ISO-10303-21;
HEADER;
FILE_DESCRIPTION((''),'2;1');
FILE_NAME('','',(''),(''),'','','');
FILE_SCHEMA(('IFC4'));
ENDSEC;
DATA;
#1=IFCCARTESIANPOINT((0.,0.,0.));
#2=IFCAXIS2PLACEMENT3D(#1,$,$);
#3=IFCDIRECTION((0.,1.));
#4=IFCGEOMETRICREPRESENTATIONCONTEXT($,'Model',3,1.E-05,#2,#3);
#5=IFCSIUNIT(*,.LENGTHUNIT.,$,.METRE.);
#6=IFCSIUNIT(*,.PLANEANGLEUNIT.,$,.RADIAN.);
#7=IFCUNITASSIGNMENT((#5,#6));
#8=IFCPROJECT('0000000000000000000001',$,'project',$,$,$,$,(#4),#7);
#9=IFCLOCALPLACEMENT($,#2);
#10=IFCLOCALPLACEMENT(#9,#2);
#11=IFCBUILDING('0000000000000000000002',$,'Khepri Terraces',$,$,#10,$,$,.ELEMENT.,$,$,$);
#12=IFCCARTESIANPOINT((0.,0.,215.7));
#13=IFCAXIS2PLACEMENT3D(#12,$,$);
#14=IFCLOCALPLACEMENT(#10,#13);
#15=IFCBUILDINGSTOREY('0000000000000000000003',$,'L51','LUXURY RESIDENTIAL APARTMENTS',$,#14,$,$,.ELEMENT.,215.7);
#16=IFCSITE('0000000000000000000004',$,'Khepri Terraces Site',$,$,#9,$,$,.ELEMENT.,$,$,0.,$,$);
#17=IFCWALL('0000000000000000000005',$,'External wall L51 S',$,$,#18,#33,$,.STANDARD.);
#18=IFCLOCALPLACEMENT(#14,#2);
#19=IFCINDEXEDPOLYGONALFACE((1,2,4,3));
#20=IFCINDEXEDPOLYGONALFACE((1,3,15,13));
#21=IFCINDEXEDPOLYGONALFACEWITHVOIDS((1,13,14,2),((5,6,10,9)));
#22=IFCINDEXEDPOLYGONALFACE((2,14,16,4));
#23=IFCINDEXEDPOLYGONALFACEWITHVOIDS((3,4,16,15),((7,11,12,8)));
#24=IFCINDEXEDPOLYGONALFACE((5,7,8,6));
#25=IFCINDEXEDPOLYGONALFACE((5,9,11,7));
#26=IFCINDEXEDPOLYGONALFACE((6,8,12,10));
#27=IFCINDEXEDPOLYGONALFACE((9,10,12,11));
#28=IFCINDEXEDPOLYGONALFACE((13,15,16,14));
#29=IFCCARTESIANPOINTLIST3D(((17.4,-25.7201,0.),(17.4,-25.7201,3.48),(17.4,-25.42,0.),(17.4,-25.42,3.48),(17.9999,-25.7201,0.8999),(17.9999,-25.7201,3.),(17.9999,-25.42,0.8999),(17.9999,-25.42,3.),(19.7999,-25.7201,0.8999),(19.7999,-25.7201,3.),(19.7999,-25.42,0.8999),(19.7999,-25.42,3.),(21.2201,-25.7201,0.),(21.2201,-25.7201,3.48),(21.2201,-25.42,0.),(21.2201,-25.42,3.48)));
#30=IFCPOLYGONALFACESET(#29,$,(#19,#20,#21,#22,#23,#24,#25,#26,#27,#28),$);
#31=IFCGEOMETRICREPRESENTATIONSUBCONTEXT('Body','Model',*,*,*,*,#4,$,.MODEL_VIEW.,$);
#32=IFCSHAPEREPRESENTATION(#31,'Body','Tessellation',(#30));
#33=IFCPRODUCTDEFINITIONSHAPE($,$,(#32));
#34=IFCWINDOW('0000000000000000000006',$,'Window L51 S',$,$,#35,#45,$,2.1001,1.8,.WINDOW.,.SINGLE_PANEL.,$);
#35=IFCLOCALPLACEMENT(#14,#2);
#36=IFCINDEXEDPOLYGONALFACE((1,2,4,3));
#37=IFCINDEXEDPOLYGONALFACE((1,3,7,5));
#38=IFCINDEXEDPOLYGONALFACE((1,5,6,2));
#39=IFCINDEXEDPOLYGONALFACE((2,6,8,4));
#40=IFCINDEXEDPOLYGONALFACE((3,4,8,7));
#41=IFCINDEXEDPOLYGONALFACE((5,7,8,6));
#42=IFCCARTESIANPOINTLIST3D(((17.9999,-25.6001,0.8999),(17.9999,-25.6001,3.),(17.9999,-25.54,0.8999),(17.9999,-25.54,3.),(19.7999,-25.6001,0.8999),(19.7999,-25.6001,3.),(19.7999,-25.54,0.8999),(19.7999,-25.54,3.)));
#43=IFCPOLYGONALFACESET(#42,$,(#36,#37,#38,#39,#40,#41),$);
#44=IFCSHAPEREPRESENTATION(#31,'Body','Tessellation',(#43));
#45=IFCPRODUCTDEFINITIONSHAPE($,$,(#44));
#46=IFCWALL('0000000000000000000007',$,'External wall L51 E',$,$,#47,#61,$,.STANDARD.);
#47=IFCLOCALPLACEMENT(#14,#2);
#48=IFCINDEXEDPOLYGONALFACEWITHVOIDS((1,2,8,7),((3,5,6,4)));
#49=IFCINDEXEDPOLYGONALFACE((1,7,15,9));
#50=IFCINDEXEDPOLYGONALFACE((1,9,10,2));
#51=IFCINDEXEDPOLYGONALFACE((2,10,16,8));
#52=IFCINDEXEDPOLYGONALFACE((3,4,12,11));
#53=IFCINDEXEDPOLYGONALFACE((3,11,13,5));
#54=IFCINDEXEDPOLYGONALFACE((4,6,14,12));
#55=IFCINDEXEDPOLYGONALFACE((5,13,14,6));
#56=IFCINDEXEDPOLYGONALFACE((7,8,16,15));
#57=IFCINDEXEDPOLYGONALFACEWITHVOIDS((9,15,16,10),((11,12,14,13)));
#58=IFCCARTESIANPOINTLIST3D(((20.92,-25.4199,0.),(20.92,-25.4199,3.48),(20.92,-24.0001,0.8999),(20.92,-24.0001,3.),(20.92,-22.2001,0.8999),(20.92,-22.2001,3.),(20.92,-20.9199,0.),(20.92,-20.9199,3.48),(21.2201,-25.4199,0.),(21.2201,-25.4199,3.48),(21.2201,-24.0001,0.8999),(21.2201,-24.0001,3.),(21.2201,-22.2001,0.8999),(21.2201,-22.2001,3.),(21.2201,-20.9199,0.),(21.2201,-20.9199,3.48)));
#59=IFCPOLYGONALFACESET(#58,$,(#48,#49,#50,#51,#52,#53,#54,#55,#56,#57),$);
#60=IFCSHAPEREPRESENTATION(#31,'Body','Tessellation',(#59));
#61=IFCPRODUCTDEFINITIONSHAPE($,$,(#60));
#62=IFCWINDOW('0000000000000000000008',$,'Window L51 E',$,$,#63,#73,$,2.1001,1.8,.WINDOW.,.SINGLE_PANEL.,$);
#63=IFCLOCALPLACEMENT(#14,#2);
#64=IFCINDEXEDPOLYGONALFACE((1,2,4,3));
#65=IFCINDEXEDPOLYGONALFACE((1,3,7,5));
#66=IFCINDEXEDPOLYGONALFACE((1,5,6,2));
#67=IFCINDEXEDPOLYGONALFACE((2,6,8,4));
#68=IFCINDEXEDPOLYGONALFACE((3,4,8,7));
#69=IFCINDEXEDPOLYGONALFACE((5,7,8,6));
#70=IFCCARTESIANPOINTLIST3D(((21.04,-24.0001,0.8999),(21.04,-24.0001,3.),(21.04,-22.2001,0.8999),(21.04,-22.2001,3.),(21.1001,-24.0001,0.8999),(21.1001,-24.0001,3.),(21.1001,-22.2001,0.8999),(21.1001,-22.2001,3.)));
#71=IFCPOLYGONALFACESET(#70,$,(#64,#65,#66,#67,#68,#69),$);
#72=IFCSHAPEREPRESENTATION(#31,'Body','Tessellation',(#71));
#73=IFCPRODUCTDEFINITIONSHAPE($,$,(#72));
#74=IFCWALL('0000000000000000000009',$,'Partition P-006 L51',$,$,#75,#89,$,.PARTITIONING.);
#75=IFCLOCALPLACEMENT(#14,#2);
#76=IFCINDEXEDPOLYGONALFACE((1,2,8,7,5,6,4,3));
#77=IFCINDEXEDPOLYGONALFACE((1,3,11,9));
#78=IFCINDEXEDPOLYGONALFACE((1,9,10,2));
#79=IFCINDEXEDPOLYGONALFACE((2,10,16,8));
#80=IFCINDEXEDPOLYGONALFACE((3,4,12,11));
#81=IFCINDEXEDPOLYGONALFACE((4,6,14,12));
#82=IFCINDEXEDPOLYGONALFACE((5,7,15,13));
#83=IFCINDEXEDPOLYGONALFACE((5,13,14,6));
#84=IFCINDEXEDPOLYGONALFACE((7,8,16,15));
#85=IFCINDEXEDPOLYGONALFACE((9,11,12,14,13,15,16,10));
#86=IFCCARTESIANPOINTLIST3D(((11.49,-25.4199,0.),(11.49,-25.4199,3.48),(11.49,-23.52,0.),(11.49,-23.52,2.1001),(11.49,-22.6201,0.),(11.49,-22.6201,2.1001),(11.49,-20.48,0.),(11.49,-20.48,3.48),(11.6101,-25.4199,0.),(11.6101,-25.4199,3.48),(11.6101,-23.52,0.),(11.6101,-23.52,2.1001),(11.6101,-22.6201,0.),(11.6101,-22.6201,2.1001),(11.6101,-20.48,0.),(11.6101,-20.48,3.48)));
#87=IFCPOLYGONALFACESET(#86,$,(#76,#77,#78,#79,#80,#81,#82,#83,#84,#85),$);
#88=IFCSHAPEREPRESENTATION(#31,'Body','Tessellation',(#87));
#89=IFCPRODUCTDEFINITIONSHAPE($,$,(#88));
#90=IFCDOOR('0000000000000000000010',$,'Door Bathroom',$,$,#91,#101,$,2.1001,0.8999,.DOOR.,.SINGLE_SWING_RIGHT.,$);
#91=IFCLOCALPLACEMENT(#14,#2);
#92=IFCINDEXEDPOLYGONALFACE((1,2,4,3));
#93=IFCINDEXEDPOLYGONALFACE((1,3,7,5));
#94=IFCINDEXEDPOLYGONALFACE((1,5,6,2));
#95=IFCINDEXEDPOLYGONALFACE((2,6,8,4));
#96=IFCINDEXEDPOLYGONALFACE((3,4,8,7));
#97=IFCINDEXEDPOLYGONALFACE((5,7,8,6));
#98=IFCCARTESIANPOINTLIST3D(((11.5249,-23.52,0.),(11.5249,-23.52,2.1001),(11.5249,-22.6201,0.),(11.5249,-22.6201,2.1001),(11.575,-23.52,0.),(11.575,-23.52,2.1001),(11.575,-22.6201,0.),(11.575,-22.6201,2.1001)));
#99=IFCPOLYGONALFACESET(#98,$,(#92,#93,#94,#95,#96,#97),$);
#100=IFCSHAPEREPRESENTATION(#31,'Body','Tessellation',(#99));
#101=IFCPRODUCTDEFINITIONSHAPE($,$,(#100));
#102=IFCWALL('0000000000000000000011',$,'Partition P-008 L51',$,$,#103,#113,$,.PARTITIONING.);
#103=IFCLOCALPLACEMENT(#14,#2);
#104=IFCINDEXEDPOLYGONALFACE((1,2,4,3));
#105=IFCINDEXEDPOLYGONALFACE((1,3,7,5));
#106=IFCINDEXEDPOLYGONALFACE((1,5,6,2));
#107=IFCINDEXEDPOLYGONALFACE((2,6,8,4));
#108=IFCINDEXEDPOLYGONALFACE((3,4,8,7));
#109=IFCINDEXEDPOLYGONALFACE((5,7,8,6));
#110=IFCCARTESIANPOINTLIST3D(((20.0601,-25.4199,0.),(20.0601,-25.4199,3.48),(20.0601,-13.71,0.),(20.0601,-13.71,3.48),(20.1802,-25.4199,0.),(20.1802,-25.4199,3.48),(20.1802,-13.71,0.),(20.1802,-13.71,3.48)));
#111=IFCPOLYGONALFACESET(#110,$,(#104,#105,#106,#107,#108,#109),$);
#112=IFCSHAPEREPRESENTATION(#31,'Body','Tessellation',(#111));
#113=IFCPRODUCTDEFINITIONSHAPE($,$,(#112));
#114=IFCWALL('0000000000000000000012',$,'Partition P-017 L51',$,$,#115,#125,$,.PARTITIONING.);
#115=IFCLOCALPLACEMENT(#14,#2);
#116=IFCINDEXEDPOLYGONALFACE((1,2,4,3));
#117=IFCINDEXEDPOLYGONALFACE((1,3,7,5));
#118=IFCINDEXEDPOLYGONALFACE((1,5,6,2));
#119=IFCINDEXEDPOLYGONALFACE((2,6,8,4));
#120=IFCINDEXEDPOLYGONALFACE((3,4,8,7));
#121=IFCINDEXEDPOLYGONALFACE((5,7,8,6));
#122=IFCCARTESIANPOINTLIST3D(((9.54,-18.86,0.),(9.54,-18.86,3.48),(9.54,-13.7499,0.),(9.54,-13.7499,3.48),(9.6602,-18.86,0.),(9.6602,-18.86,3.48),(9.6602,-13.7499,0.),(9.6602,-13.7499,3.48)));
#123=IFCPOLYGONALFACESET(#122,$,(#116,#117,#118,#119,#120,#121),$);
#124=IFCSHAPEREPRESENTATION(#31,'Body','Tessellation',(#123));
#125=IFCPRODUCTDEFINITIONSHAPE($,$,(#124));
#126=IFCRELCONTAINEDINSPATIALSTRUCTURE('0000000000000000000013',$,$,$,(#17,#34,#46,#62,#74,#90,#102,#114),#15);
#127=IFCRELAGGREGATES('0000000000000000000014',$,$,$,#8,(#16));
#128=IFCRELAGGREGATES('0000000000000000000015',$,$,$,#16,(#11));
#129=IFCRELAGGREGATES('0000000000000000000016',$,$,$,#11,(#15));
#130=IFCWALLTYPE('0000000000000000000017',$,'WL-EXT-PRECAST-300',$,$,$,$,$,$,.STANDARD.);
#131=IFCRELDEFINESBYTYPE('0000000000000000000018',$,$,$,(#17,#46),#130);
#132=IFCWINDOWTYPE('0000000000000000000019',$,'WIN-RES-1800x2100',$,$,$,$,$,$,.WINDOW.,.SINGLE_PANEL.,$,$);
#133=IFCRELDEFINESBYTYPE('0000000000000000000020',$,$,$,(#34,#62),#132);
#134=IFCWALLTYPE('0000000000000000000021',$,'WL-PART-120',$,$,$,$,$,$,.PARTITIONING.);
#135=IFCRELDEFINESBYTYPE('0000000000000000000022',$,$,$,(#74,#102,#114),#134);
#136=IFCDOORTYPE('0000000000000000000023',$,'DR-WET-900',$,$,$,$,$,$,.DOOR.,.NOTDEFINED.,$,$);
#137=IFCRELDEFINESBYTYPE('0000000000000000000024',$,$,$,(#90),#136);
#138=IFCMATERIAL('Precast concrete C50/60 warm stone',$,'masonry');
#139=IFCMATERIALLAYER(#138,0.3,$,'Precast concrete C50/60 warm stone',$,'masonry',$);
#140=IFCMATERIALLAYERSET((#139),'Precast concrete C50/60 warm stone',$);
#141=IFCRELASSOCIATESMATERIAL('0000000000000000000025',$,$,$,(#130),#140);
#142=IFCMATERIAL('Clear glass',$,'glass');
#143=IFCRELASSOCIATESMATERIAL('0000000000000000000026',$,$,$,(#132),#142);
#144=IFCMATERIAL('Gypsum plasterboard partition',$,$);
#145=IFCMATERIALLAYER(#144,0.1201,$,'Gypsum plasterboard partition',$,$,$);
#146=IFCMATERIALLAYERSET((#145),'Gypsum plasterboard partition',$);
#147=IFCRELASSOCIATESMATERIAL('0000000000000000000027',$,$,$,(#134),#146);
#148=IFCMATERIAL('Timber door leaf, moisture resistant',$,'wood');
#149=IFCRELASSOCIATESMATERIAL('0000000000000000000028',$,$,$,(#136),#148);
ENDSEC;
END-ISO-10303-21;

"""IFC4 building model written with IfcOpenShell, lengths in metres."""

from ifc_helpers import new_model, si_unit, direction, frame, frame_2d, origin, place, context, subcontext, project, spatial, rectangle, extrude, material, layer, layer_set, type_object, element, fill, save


model = new_model("IFC4")

# Units and contexts
model_context = context("Model", 3, precision=1e-05, world=origin(), true_north=direction((0.0, 1.0)))
body_context = subcontext(model_context, "Body", "Model", "MODEL_VIEW")
ifc_project = project(units=[si_unit("LENGTHUNIT", "METRE"), si_unit("PLANEANGLEUNIT", "RADIAN")], contexts=[model_context])

# Site, building, storey
site_placement = place(None, origin())
site = spatial("IfcSite", under=ifc_project, at=site_placement, Name="Khepri Terraces Site", CompositionType="ELEMENT", RefElevation=0.0)
building_placement = place(site_placement, origin())
building = spatial("IfcBuilding", under=site, at=building_placement, Name="Khepri Terraces", CompositionType="ELEMENT")
storey_placement = place(building_placement, frame((0.0, 0.0, 215.7)))
storey = spatial("IfcBuildingStorey", under=building, at=storey_placement, Name="L51", Description="LUXURY RESIDENTIAL APARTMENTS", CompositionType="ELEMENT", Elevation=215.7)

# Shared definitions
ifc_material_1 = material(Name="Precast concrete C50/60 warm stone", Category="masonry")
ifc_layer_1 = layer(ifc_material_1, 0.3, Name="Precast concrete C50/60 warm stone", Category="masonry")
ifc_layer_set_1 = layer_set([ifc_layer_1], Name="Precast concrete C50/60 warm stone")
wall_type_1 = type_object("IfcWallType", Name="WL-EXT-PRECAST-300", PredefinedType="STANDARD", material=ifc_layer_set_1)
ifc_material_2 = material(Name="Clear glass", Category="glass")
window_type = type_object("IfcWindowType", Name="WIN-RES-1800x2100", PartitioningType="SINGLE_PANEL", PredefinedType="WINDOW", material=ifc_material_2)

# Walls, openings, windows
wall_1_placement = place(storey_placement, frame((17.3999, -25.5701, 0.0), z_axis=(0.0, 0.0, 1.0), x_axis=(1.0, 0.0, 0.0)))
wall_1 = element("IfcWall", 1, at=wall_1_placement, inside=storey, type_object=wall_type_1, Name="External wall L51 S", PredefinedType="STANDARD", context=body_context, shape_type="SweptSolid", body=[
    extrude(rectangle(XDim=3.8201, YDim=0.3, at=frame_2d((1.9102, 0.0))), origin(), (0.0, 0.0, 1.0), 3.48),
])
opening_1_placement = place(wall_1_placement, frame((0.6001, 0.0, 0.8999)))
opening_1 = element("IfcOpeningElement", 2, at=opening_1_placement, cuts=wall_1, PredefinedType="OPENING", context=body_context, shape_type="SweptSolid", body=[
    extrude(rectangle(XDim=1.8, YDim=2.1001, at=frame_2d((0.8999, 1.05))), frame((0.0, 0.1602, 0.0), z_axis=(0.0, -1.0, 0.0), x_axis=(1.0, 0.0, 0.0)), (0.0, 0.0, 1.0), 0.3201),
])
window_1_placement = place(opening_1_placement, origin())
window_1 = element("IfcWindow", 3, at=window_1_placement, inside=storey, type_object=window_type, Name="Window L51 S", OverallHeight=2.1001, OverallWidth=1.8, PartitioningType="SINGLE_PANEL", PredefinedType="WINDOW", context=body_context, shape_type="SweptSolid", body=[
    extrude(rectangle(XDim=1.8, YDim=2.1001, at=frame_2d((0.8999, 1.05))), frame((0.0, 0.03, 0.0), z_axis=(0.0, -1.0, 0.0), x_axis=(1.0, 0.0, 0.0)), (0.0, 0.0, 1.0), 0.0601),
])
fill(opening_1, window_1)
wall_2_placement = place(storey_placement, frame((21.0701, -25.4199, 0.0), z_axis=(0.0, 0.0, 1.0), x_axis=(0.0, 1.0, 0.0)))
wall_2 = element("IfcWall", 4, at=wall_2_placement, inside=storey, type_object=wall_type_1, Name="External wall L51 E", PredefinedType="STANDARD", context=body_context, shape_type="SweptSolid", body=[
    extrude(rectangle(XDim=4.5, YDim=0.3, at=frame_2d((2.25, 0.0))), origin(), (0.0, 0.0, 1.0), 3.48),
])
opening_2_placement = place(wall_2_placement, frame((1.4199, 0.0, 0.8999)))
opening_2 = element("IfcOpeningElement", 5, at=opening_2_placement, cuts=wall_2, PredefinedType="OPENING", context=body_context, shape_type="SweptSolid", body=[
    extrude(rectangle(XDim=1.8, YDim=2.1001, at=frame_2d((0.8999, 1.05))), frame((0.0, 0.1602, 0.0), z_axis=(0.0, -1.0, 0.0), x_axis=(1.0, 0.0, 0.0)), (0.0, 0.0, 1.0), 0.3201),
])
window_2_placement = place(opening_2_placement, origin())
window_2 = element("IfcWindow", 6, at=window_2_placement, inside=storey, type_object=window_type, Name="Window L51 E", OverallHeight=2.1001, OverallWidth=1.8, PartitioningType="SINGLE_PANEL", PredefinedType="WINDOW", context=body_context, shape_type="SweptSolid", body=[
    extrude(rectangle(XDim=1.8, YDim=2.1001, at=frame_2d((0.8999, 1.05))), frame((0.0, 0.03, 0.0), z_axis=(0.0, -1.0, 0.0), x_axis=(1.0, 0.0, 0.0)), (0.0, 0.0, 1.0), 0.0601),
])
fill(opening_2, window_2)

# Wall, opening, door
ifc_material_3 = material(Name="Gypsum plasterboard partition")
ifc_layer_2 = layer(ifc_material_3, 0.1201, Name="Gypsum plasterboard partition")
ifc_layer_set_2 = layer_set([ifc_layer_2], Name="Gypsum plasterboard partition")
wall_type_2 = type_object("IfcWallType", Name="WL-PART-120", PredefinedType="PARTITIONING", material=ifc_layer_set_2)
wall_3_placement = place(storey_placement, frame((11.55, -25.4199, 0.0), z_axis=(0.0, 0.0, 1.0), x_axis=(0.0, 1.0, 0.0)))
wall_3 = element("IfcWall", 7, at=wall_3_placement, inside=storey, type_object=wall_type_2, Name="Partition P-006 L51", PredefinedType="PARTITIONING", context=body_context, shape_type="SweptSolid", body=[
    extrude(rectangle(XDim=4.9399, YDim=0.1201, at=frame_2d((2.47, 0.0))), origin(), (0.0, 0.0, 1.0), 3.48),
])
opening_3_placement = place(wall_3_placement, frame((1.8999, 0.0, 0.0)))
opening_3 = element("IfcOpeningElement", 8, at=opening_3_placement, cuts=wall_3, PredefinedType="OPENING", context=body_context, shape_type="SweptSolid", body=[
    extrude(rectangle(XDim=0.8999, YDim=2.1001, at=frame_2d((0.45, 1.05))), frame((0.0, 0.0701, 0.0), z_axis=(0.0, -1.0, 0.0), x_axis=(1.0, 0.0, 0.0)), (0.0, 0.0, 1.0), 0.1401),
])
ifc_material_4 = material(Name="Timber door leaf, moisture resistant", Category="wood")
door_type_1 = type_object("IfcDoorType", Name="DR-WET-900", OperationType="NOTDEFINED", PredefinedType="DOOR", material=ifc_material_4)
door_1_placement = place(opening_3_placement, frame((0.8999, 0.0, 0.0), z_axis=(0.0, 0.0, 1.0), x_axis=(-1.0, 0.0, 0.0)))
door_1 = element("IfcDoor", 9, at=door_1_placement, inside=storey, type_object=door_type_1, Name="Door Bathroom", OperationType="SINGLE_SWING_RIGHT", OverallHeight=2.1001, OverallWidth=0.8999, PredefinedType="DOOR", context=body_context, shape_type="SweptSolid", body=[
    extrude(rectangle(XDim=0.8999, YDim=2.1001, at=frame_2d((0.45, 1.05))), frame((0.0, 0.0249, 0.0), z_axis=(0.0, -1.0, 0.0), x_axis=(1.0, 0.0, 0.0)), (0.0, 0.0, 1.0), 0.05),
])
fill(opening_3, door_1)

# Walls
wall_4_placement = place(storey_placement, frame((20.1201, -25.4199, 0.0), z_axis=(0.0, 0.0, 1.0), x_axis=(0.0, 1.0, 0.0)))
element("IfcWall", 10, at=wall_4_placement, inside=storey, type_object=wall_type_2, Name="Partition P-008 L51", PredefinedType="PARTITIONING", context=body_context, shape_type="SweptSolid", body=[
    extrude(rectangle(XDim=11.71, YDim=0.1201, at=frame_2d((5.855, 0.0))), origin(), (0.0, 0.0, 1.0), 3.48),
])
wall_5_placement = place(storey_placement, frame((9.6001, -18.8601, 0.0), z_axis=(0.0, 0.0, 1.0), x_axis=(0.0, 1.0, 0.0)))
element("IfcWall", 11, at=wall_5_placement, inside=storey, type_object=wall_type_2, Name="Partition P-017 L51", PredefinedType="PARTITIONING", context=body_context, shape_type="SweptSolid", body=[
    extrude(rectangle(XDim=5.1101, YDim=0.1201, at=frame_2d((2.5552, 0.0))), origin(), (0.0, 0.0, 1.0), 3.48),
])

save(model, "model.ifc")
